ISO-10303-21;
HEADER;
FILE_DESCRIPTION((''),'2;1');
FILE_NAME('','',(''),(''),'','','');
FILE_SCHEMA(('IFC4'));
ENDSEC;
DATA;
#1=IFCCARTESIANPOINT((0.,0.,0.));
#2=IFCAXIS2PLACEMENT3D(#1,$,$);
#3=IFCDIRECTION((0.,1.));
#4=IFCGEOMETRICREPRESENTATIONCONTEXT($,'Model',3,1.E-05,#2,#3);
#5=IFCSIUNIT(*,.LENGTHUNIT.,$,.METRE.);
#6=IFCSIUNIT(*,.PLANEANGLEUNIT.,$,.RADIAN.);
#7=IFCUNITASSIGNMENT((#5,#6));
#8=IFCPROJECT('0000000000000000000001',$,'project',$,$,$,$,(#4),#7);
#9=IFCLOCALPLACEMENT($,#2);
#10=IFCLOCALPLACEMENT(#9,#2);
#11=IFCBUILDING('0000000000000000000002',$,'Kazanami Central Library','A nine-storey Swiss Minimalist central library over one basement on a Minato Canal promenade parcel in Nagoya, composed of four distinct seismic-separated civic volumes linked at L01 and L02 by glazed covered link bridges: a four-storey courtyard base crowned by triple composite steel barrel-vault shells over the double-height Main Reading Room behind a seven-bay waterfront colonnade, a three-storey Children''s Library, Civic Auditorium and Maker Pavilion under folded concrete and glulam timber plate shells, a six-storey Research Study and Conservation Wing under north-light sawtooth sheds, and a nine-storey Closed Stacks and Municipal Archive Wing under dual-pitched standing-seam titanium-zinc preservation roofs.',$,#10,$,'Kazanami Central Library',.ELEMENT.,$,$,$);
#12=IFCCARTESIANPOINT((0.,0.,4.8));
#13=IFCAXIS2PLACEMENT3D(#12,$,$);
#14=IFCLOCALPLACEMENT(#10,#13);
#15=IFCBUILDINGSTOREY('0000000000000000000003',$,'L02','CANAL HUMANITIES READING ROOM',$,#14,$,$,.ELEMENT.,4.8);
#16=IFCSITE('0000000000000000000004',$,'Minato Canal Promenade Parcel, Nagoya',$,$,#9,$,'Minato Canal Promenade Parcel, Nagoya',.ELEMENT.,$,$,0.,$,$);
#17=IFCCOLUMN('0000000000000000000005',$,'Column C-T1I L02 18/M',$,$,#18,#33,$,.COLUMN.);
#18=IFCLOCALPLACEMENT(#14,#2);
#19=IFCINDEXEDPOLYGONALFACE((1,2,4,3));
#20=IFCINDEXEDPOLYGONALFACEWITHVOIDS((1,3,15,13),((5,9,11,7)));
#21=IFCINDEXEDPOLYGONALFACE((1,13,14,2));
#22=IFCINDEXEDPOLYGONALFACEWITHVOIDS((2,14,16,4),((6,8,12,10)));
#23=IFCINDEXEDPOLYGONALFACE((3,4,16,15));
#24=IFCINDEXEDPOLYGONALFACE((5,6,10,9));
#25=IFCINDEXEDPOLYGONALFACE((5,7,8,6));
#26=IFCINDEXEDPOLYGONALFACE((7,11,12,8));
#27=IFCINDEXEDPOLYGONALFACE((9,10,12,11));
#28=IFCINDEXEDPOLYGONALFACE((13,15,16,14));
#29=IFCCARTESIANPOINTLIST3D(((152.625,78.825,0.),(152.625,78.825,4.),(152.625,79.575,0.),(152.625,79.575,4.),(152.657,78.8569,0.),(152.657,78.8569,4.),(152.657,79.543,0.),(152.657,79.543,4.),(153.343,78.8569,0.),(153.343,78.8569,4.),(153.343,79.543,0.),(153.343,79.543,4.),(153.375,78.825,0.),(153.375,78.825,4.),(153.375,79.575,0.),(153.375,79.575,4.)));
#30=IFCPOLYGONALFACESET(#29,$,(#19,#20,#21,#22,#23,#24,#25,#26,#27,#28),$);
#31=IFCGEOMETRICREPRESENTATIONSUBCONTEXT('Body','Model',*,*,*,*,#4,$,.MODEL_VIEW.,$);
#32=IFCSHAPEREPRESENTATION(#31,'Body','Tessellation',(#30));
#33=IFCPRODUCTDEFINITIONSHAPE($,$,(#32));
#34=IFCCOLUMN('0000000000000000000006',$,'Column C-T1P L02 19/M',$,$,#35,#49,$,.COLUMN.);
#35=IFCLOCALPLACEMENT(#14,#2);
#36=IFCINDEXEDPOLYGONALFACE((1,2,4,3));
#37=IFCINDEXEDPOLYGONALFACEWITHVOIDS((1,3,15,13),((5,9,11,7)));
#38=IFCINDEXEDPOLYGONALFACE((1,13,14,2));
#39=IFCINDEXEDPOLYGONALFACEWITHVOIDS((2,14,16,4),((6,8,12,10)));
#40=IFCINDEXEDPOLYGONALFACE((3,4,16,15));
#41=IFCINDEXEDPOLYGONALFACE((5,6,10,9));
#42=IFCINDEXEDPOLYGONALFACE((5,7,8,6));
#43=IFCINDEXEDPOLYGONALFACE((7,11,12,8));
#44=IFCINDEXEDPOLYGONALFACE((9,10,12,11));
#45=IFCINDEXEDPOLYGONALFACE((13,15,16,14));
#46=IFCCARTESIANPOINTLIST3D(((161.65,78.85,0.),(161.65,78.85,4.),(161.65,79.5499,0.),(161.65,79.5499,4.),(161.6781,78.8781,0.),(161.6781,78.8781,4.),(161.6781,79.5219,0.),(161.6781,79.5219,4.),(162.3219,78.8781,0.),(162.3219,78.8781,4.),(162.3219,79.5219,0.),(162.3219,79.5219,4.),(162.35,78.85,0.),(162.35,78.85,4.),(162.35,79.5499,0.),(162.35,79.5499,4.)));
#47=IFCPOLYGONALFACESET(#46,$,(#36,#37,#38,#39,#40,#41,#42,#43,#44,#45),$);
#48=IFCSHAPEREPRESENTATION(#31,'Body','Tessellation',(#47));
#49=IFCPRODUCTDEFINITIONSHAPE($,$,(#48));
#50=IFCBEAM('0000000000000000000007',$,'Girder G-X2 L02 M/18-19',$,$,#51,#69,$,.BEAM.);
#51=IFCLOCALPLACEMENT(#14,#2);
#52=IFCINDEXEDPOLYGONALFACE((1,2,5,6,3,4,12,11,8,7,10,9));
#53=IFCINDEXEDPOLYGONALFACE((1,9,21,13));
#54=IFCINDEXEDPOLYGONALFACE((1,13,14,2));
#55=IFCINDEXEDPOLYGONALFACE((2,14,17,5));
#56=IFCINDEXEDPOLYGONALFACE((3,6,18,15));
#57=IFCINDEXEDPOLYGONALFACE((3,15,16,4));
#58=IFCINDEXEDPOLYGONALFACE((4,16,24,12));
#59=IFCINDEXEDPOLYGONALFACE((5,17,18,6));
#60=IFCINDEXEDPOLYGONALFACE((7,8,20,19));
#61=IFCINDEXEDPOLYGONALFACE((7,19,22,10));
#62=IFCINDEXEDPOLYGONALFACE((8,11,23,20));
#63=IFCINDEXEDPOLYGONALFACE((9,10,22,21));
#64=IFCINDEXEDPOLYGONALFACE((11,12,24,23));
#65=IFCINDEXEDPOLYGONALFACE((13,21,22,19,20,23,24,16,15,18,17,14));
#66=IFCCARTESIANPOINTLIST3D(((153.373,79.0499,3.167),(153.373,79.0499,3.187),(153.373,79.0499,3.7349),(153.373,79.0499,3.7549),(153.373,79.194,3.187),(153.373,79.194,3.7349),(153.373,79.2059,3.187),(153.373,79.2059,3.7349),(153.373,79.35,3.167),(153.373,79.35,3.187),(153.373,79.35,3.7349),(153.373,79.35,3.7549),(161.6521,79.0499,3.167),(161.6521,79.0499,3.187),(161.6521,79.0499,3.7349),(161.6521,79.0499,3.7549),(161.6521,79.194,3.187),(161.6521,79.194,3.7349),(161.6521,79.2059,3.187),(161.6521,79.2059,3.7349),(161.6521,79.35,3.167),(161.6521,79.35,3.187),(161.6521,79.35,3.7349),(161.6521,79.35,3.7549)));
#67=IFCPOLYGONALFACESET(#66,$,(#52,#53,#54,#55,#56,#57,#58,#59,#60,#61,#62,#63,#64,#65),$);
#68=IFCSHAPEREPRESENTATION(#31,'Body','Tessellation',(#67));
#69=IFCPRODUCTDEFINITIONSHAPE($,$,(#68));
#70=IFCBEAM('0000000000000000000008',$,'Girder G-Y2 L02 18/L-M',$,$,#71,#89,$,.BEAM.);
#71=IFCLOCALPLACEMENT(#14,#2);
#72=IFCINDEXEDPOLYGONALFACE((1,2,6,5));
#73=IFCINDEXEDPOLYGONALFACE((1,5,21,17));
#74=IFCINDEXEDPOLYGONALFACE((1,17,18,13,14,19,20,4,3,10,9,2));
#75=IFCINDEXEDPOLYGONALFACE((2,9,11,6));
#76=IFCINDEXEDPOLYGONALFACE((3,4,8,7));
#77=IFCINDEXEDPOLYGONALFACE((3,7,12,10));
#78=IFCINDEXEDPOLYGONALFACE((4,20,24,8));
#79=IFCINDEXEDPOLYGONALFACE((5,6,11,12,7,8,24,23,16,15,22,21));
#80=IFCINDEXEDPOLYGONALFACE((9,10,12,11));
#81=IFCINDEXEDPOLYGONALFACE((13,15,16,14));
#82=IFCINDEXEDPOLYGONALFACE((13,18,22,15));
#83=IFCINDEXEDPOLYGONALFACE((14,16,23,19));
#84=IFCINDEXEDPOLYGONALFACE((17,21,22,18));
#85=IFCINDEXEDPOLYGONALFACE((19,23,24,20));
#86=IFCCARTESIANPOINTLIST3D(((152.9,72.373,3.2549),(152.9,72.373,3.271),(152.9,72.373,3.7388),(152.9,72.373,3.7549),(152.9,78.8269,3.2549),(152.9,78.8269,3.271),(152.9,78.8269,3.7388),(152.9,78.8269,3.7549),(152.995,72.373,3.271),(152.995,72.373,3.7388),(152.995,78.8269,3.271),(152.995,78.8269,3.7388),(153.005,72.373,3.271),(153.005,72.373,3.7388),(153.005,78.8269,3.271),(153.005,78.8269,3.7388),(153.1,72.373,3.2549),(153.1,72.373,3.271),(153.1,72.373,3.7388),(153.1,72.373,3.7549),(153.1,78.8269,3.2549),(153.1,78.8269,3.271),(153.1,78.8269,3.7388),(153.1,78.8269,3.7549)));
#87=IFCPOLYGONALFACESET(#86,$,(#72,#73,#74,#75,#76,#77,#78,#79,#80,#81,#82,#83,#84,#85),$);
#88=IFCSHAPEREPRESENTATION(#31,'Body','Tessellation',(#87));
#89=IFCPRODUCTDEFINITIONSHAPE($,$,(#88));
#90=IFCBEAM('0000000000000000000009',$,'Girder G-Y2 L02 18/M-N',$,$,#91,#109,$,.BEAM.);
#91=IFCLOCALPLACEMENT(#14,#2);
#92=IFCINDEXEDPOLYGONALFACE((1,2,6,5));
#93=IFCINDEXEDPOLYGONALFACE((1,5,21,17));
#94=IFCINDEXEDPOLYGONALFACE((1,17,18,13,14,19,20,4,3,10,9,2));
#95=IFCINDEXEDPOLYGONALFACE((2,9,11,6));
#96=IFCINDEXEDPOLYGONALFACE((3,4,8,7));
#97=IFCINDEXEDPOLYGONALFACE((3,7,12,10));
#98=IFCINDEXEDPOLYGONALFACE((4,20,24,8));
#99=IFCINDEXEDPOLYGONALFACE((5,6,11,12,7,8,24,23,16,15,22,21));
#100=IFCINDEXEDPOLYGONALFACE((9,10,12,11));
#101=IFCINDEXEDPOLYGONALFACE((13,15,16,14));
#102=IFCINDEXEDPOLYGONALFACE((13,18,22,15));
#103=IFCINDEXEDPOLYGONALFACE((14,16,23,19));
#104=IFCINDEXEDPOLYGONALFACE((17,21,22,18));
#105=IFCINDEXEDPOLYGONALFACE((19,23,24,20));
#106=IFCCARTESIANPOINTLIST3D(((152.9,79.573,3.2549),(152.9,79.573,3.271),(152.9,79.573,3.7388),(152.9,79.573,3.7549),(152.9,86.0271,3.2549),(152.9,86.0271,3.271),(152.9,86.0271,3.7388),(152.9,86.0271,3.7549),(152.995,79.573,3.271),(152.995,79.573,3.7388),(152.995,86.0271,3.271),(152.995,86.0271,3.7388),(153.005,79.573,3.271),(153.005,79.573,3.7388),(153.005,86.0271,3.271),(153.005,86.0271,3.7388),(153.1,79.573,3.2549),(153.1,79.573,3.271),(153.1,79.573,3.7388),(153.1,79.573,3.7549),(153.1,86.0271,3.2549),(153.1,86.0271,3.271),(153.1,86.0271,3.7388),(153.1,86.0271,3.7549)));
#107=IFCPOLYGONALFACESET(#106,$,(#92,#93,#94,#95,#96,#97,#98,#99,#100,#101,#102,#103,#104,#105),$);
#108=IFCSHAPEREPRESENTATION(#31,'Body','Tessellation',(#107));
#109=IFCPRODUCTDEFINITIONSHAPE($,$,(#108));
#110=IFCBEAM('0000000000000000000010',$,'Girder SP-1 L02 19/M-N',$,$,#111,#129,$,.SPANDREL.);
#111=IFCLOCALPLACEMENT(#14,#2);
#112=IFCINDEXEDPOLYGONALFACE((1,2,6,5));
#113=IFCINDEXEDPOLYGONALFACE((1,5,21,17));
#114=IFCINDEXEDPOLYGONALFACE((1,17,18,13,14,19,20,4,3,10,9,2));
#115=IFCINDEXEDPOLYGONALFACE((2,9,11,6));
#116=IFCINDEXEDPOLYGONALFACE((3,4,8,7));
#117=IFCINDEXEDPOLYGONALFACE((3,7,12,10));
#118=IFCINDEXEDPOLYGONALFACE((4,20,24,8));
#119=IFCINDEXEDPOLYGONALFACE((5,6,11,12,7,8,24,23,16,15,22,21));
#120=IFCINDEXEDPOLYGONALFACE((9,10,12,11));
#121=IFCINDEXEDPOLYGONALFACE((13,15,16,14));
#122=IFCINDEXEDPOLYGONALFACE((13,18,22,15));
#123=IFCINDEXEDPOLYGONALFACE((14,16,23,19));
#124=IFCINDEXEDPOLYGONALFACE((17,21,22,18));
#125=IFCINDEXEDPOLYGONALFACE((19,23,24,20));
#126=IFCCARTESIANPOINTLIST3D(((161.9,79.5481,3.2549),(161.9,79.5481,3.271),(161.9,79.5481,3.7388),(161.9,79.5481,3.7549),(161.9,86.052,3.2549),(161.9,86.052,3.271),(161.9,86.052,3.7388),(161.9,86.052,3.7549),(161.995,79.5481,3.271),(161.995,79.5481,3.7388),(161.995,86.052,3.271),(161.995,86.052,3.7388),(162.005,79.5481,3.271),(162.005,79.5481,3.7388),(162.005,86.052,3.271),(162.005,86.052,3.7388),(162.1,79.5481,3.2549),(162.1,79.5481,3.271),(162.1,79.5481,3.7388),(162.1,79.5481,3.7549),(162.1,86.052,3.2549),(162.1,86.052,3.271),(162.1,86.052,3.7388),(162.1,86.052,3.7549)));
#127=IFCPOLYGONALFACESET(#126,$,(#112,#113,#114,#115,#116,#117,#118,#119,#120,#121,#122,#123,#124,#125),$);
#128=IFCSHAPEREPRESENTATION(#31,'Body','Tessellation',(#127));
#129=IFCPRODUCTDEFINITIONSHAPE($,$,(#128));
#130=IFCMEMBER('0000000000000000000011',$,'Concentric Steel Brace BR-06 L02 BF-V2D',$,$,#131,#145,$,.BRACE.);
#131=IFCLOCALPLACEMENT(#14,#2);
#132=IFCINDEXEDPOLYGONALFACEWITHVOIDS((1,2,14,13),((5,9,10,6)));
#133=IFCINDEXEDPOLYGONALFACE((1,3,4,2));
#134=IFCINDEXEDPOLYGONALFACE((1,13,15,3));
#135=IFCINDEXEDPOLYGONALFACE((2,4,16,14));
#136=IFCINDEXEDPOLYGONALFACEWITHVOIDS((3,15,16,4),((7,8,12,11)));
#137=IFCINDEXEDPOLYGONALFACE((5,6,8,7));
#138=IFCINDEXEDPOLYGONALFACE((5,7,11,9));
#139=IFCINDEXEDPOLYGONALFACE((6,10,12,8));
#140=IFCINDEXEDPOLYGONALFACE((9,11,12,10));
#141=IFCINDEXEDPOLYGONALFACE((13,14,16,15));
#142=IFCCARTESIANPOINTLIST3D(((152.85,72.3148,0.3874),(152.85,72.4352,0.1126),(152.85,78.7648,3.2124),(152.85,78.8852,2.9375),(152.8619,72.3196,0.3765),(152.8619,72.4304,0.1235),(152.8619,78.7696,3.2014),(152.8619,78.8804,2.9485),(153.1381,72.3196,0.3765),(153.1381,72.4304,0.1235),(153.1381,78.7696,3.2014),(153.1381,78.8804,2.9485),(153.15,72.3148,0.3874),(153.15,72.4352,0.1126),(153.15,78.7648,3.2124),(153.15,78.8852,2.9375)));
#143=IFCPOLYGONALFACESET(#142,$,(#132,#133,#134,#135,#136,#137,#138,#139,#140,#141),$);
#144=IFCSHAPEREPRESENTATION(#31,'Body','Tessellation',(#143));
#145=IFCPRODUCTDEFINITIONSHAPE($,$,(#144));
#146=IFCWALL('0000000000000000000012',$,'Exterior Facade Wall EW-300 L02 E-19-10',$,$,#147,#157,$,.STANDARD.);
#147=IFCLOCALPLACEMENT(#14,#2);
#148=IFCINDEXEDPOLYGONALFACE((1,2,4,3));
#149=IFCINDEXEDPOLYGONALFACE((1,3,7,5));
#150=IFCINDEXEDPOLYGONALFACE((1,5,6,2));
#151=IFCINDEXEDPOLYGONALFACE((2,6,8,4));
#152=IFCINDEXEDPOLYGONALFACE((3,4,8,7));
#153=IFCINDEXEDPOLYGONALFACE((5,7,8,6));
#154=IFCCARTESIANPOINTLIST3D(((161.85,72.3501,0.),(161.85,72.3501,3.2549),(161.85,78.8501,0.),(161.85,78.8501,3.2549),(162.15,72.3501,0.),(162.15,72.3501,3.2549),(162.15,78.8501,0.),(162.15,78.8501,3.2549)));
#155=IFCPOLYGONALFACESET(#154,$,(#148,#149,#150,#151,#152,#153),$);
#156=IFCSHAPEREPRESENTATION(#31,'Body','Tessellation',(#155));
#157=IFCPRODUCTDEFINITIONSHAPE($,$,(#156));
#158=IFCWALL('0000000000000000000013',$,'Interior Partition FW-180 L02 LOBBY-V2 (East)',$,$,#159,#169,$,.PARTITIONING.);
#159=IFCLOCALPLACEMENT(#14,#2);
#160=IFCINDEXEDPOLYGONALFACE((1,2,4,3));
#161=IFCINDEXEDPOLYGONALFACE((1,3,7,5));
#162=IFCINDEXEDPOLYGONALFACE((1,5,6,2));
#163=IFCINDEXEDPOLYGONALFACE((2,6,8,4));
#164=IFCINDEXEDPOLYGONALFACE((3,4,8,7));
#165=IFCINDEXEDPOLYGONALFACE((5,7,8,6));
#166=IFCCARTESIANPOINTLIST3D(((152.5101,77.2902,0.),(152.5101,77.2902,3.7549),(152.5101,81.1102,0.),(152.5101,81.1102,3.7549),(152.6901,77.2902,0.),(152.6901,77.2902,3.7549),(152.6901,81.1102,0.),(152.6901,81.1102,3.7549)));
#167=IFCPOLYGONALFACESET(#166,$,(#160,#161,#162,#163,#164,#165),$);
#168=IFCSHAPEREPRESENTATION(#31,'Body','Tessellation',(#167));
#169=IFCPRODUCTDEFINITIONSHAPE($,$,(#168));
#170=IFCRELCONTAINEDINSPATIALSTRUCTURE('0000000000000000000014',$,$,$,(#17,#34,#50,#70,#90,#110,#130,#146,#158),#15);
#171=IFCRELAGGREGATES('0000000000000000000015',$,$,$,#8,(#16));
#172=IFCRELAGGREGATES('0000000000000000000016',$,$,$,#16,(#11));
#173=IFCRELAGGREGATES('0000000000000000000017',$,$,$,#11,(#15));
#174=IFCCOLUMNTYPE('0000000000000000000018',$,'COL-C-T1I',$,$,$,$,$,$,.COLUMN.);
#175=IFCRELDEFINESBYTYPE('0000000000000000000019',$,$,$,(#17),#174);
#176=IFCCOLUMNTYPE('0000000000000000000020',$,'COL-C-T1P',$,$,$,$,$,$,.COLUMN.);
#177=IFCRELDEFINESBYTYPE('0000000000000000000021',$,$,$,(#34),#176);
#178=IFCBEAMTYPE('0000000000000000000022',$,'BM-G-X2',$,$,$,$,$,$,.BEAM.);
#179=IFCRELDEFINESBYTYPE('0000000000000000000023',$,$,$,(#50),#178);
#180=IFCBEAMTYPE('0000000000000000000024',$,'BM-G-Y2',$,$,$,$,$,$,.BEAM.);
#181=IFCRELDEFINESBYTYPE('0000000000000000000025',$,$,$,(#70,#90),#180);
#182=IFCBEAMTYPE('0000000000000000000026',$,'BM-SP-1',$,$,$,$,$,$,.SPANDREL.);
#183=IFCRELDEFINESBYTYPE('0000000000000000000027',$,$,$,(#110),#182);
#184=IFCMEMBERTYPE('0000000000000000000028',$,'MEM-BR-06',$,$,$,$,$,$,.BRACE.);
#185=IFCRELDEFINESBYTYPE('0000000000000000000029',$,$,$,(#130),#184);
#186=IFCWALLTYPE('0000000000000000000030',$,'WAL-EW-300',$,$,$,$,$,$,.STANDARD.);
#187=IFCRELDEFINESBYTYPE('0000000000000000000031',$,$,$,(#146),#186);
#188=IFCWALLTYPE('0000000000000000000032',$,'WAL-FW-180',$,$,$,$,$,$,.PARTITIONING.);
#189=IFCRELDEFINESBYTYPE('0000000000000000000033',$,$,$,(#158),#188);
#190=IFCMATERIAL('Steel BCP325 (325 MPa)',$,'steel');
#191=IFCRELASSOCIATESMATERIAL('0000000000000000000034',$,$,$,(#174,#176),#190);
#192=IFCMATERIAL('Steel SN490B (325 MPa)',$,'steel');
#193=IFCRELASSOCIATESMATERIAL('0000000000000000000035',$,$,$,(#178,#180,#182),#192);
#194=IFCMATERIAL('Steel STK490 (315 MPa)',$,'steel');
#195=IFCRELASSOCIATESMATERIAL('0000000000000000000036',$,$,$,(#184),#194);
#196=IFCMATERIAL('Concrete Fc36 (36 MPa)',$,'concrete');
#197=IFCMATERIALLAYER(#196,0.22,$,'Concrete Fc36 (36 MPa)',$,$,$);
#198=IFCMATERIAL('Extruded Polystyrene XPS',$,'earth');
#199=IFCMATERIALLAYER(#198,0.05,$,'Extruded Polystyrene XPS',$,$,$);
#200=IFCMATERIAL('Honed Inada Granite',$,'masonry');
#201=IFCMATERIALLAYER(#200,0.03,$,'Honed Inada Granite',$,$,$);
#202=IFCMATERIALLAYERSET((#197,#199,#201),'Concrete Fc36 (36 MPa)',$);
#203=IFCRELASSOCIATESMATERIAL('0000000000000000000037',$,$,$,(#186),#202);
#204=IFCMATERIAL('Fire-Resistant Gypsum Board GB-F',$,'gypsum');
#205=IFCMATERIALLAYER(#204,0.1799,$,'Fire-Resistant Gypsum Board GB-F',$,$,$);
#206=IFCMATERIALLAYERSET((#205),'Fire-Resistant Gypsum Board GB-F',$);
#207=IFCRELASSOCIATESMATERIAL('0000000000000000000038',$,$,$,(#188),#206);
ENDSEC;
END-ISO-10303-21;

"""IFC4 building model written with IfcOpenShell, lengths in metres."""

from ifc_helpers import new_model, si_unit, direction, frame, frame_2d, origin, origin_2d, place, context, subcontext, project, spatial, rectangle, hollow_rectangle, i_section, extrude, material, layer, layer_set, material_profile, profile_set, type_object, element, save


model = new_model("IFC4")

# Units and contexts
model_context = context("Model", 3, precision=1e-05, world=origin(), true_north=direction((0.0, 1.0)))
body_context = subcontext(model_context, "Body", "Model", "MODEL_VIEW")
ifc_project = project(units=[si_unit("LENGTHUNIT", "METRE"), si_unit("PLANEANGLEUNIT", "RADIAN")], contexts=[model_context])

# Site, building, storey
site_placement = place(None, origin())
site = spatial("IfcSite", under=ifc_project, at=site_placement, Name="Minato Canal Promenade Parcel, Nagoya", LongName="Minato Canal Promenade Parcel, Nagoya", CompositionType="ELEMENT", RefElevation=0.0)
building_placement = place(site_placement, origin())
building = spatial("IfcBuilding", under=site, at=building_placement, Name="Kazanami Central Library", Description="A nine-storey Swiss Minimalist central library over one basement on a Minato Canal promenade parcel in Nagoya, composed of four distinct seismic-separated civic volumes linked at L01 and L02 by glazed covered link bridges: a four-storey courtyard base crowned by triple composite steel barrel-vault shells over the double-height Main Reading Room behind a seven-bay waterfront colonnade, a three-storey Children's Library, Civic Auditorium and Maker Pavilion under folded concrete and glulam timber plate shells, a six-storey Research Study and Conservation Wing under north-light sawtooth sheds, and a nine-storey Closed Stacks and Municipal Archive Wing under dual-pitched standing-seam titanium-zinc preservation roofs.", LongName="Kazanami Central Library", CompositionType="ELEMENT")
storey_placement = place(building_placement, frame((0.0, 0.0, 4.8)))
storey = spatial("IfcBuildingStorey", under=building, at=storey_placement, Name="L02", Description="CANAL HUMANITIES READING ROOM", CompositionType="ELEMENT", Elevation=4.8)

# Columns
ifc_material_1 = material(Name="Steel BCP325 (325 MPa)", Category="steel")
ifc_material_profile_1 = material_profile(ifc_material_1, hollow_rectangle(XDim=0.75, YDim=0.75, WallThickness=0.032, at=origin_2d()), Name="BCP-750x750x32")
ifc_profile_set_1 = profile_set([ifc_material_profile_1], Name="Steel BCP325 (325 MPa)")
column_type_1 = type_object("IfcColumnType", Name="COL-C-T1I", PredefinedType="COLUMN", material=ifc_profile_set_1)
column_1_placement = place(storey_placement, frame((153.0, 79.2, 0.0), z_axis=(0.0, 0.0, 1.0), x_axis=(1.0, 0.0, 0.0)))
element("IfcColumn", 1, at=column_1_placement, inside=storey, type_object=column_type_1, Name="Column C-T1I L02 18/M", PredefinedType="COLUMN", context=body_context, shape_type="SweptSolid", body=[
    extrude(hollow_rectangle(XDim=0.75, YDim=0.75, WallThickness=0.032, at=origin_2d()), origin(), (0.0, 0.0, 1.0), 4.0),
])
ifc_material_profile_2 = material_profile(ifc_material_1, hollow_rectangle(XDim=0.7, YDim=0.7, WallThickness=0.0281, at=origin_2d()), Name="BCP-700x700x28")
ifc_profile_set_2 = profile_set([ifc_material_profile_2], Name="Steel BCP325 (325 MPa)")
column_type_2 = type_object("IfcColumnType", Name="COL-C-T1P", PredefinedType="COLUMN", material=ifc_profile_set_2)
column_2_placement = place(storey_placement, frame((162.0, 79.2, 0.0), z_axis=(0.0, 0.0, 1.0), x_axis=(1.0, 0.0, 0.0)))
element("IfcColumn", 2, at=column_2_placement, inside=storey, type_object=column_type_2, Name="Column C-T1P L02 19/M", PredefinedType="COLUMN", context=body_context, shape_type="SweptSolid", body=[
    extrude(hollow_rectangle(XDim=0.7, YDim=0.7, WallThickness=0.0281, at=origin_2d()), origin(), (0.0, 0.0, 1.0), 4.0),
])

# Beams
ifc_material_2 = material(Name="Steel SN490B (325 MPa)", Category="steel")
ifc_material_profile_3 = material_profile(ifc_material_2, i_section(OverallWidth=0.3, OverallDepth=0.5879, WebThickness=0.012, FlangeThickness=0.02, at=origin_2d()), Name="H-588x300x12x20")
ifc_profile_set_3 = profile_set([ifc_material_profile_3], Name="Steel SN490B (325 MPa)")
beam_type_1 = type_object("IfcBeamType", Name="BM-G-X2", PredefinedType="BEAM", material=ifc_profile_set_3)
beam_1_placement = place(storey_placement, frame((153.373, 79.2, 3.4609), z_axis=(1.0, 0.0, 0.0), x_axis=(0.0, 1.0, 0.0)))
element("IfcBeam", 3, at=beam_1_placement, inside=storey, type_object=beam_type_1, Name="Girder G-X2 L02 M/18-19", PredefinedType="BEAM", context=body_context, shape_type="SweptSolid", body=[
    extrude(i_section(OverallWidth=0.3, OverallDepth=0.5879, WebThickness=0.012, FlangeThickness=0.02, at=origin_2d()), origin(), (0.0, 0.0, 1.0), 8.2791),
])
ifc_material_profile_4 = material_profile(ifc_material_2, i_section(OverallWidth=0.2, OverallDepth=0.5, WebThickness=0.01, FlangeThickness=0.0161, at=origin_2d()), Name="H-500x200x10x16")
ifc_profile_set_4 = profile_set([ifc_material_profile_4], Name="Steel SN490B (325 MPa)")
beam_type_2 = type_object("IfcBeamType", Name="BM-G-Y2", PredefinedType="BEAM", material=ifc_profile_set_4)
beam_2_placement = place(storey_placement, frame((153.0, 72.373, 3.5049), z_axis=(0.0, 1.0, 0.0), x_axis=(-1.0, 0.0, 0.0)))
element("IfcBeam", 4, at=beam_2_placement, inside=storey, type_object=beam_type_2, Name="Girder G-Y2 L02 18/L-M", PredefinedType="BEAM", context=body_context, shape_type="SweptSolid", body=[
    extrude(i_section(OverallWidth=0.2, OverallDepth=0.5, WebThickness=0.01, FlangeThickness=0.0161, at=origin_2d()), origin(), (0.0, 0.0, 1.0), 6.4539),
])
beam_3_placement = place(storey_placement, frame((153.0, 79.573, 3.5049), z_axis=(0.0, 1.0, 0.0), x_axis=(-1.0, 0.0, 0.0)))
element("IfcBeam", 5, at=beam_3_placement, inside=storey, type_object=beam_type_2, Name="Girder G-Y2 L02 18/M-N", PredefinedType="BEAM", context=body_context, shape_type="SweptSolid", body=[
    extrude(i_section(OverallWidth=0.2, OverallDepth=0.5, WebThickness=0.01, FlangeThickness=0.0161, at=origin_2d()), origin(), (0.0, 0.0, 1.0), 6.4541),
])
ifc_material_profile_5 = material_profile(ifc_material_2, i_section(OverallWidth=0.2, OverallDepth=0.5, WebThickness=0.01, FlangeThickness=0.0161, at=origin_2d()), Name="H-500x200x10x16")
ifc_profile_set_5 = profile_set([ifc_material_profile_5], Name="Steel SN490B (325 MPa)")
beam_type_3 = type_object("IfcBeamType", Name="BM-SP-1", PredefinedType="SPANDREL", material=ifc_profile_set_5)
beam_4_placement = place(storey_placement, frame((162.0, 79.5481, 3.5049), z_axis=(0.0, 1.0, 0.0), x_axis=(-1.0, 0.0, 0.0)))
element("IfcBeam", 6, at=beam_4_placement, inside=storey, type_object=beam_type_3, Name="Girder SP-1 L02 19/M-N", PredefinedType="SPANDREL", context=body_context, shape_type="SweptSolid", body=[
    extrude(i_section(OverallWidth=0.2, OverallDepth=0.5, WebThickness=0.01, FlangeThickness=0.0161, at=origin_2d()), origin(), (0.0, 0.0, 1.0), 6.5039),
])

# Member
ifc_material_3 = material(Name="Steel STK490 (315 MPa)", Category="steel")
ifc_material_profile_6 = material_profile(ifc_material_3, hollow_rectangle(XDim=0.3, YDim=0.3, WallThickness=0.012, at=origin_2d()), Name="STKR-300x300x12")
ifc_profile_set_6 = profile_set([ifc_material_profile_6], Name="Steel STK490 (315 MPa)")
member_type = type_object("IfcMemberType", Name="MEM-BR-06", PredefinedType="BRACE", material=ifc_profile_set_6)
member_placement = place(storey_placement, frame((153.0, 72.375, 0.25), z_axis=(0.0, 0.915996, 0.401188), x_axis=(-1.0, 0.0, 0.0)))
element("IfcMember", 7, at=member_placement, inside=storey, type_object=member_type, Name="Concentric Steel Brace BR-06 L02 BF-V2D", PredefinedType="BRACE", context=body_context, shape_type="SweptSolid", body=[
    extrude(hollow_rectangle(XDim=0.3, YDim=0.3, WallThickness=0.012, at=origin_2d()), origin(), (0.0, 0.0, 1.0), 7.0415),
])

# Walls
ifc_material_4 = material(Name="Concrete Fc36 (36 MPa)", Category="concrete")
ifc_layer_1 = layer(ifc_material_4, 0.22, Name="Concrete Fc36 (36 MPa)")
ifc_material_5 = material(Name="Extruded Polystyrene XPS", Category="earth")
ifc_layer_2 = layer(ifc_material_5, 0.05, Name="Extruded Polystyrene XPS")
ifc_material_6 = material(Name="Honed Inada Granite", Category="masonry")
ifc_layer_3 = layer(ifc_material_6, 0.03, Name="Honed Inada Granite")
ifc_layer_set_1 = layer_set([ifc_layer_1, ifc_layer_2, ifc_layer_3], Name="Concrete Fc36 (36 MPa)")
wall_type_1 = type_object("IfcWallType", Name="WAL-EW-300", PredefinedType="STANDARD", material=ifc_layer_set_1)
wall_1_placement = place(storey_placement, frame((162.0, 78.8501, 0.0), z_axis=(0.0, 0.0, 1.0), x_axis=(0.0, -1.0, 0.0)))
element("IfcWall", 8, at=wall_1_placement, inside=storey, type_object=wall_type_1, Name="Exterior Facade Wall EW-300 L02 E-19-10", PredefinedType="STANDARD", context=body_context, shape_type="SweptSolid", body=[
    extrude(rectangle(XDim=6.5, YDim=0.3, at=frame_2d((3.25, 0.0))), origin(), (0.0, 0.0, 1.0), 3.2549),
])
ifc_material_7 = material(Name="Fire-Resistant Gypsum Board GB-F", Category="gypsum")
ifc_layer_4 = layer(ifc_material_7, 0.1799, Name="Fire-Resistant Gypsum Board GB-F")
ifc_layer_set_2 = layer_set([ifc_layer_4], Name="Fire-Resistant Gypsum Board GB-F")
wall_type_2 = type_object("IfcWallType", Name="WAL-FW-180", PredefinedType="PARTITIONING", material=ifc_layer_set_2)
wall_2_placement = place(storey_placement, frame((152.6001, 77.29, 0.0), z_axis=(0.0, 0.0, 1.0), x_axis=(0.0, 1.0, 0.0)))
element("IfcWall", 9, at=wall_2_placement, inside=storey, type_object=wall_type_2, Name="Interior Partition FW-180 L02 LOBBY-V2 (East)", PredefinedType="PARTITIONING", context=body_context, shape_type="SweptSolid", body=[
    extrude(rectangle(XDim=3.8201, YDim=0.1799, at=frame_2d((1.9102, 0.0))), origin(), (0.0, 0.0, 1.0), 3.7549),
])

save(model, "model.ifc")
